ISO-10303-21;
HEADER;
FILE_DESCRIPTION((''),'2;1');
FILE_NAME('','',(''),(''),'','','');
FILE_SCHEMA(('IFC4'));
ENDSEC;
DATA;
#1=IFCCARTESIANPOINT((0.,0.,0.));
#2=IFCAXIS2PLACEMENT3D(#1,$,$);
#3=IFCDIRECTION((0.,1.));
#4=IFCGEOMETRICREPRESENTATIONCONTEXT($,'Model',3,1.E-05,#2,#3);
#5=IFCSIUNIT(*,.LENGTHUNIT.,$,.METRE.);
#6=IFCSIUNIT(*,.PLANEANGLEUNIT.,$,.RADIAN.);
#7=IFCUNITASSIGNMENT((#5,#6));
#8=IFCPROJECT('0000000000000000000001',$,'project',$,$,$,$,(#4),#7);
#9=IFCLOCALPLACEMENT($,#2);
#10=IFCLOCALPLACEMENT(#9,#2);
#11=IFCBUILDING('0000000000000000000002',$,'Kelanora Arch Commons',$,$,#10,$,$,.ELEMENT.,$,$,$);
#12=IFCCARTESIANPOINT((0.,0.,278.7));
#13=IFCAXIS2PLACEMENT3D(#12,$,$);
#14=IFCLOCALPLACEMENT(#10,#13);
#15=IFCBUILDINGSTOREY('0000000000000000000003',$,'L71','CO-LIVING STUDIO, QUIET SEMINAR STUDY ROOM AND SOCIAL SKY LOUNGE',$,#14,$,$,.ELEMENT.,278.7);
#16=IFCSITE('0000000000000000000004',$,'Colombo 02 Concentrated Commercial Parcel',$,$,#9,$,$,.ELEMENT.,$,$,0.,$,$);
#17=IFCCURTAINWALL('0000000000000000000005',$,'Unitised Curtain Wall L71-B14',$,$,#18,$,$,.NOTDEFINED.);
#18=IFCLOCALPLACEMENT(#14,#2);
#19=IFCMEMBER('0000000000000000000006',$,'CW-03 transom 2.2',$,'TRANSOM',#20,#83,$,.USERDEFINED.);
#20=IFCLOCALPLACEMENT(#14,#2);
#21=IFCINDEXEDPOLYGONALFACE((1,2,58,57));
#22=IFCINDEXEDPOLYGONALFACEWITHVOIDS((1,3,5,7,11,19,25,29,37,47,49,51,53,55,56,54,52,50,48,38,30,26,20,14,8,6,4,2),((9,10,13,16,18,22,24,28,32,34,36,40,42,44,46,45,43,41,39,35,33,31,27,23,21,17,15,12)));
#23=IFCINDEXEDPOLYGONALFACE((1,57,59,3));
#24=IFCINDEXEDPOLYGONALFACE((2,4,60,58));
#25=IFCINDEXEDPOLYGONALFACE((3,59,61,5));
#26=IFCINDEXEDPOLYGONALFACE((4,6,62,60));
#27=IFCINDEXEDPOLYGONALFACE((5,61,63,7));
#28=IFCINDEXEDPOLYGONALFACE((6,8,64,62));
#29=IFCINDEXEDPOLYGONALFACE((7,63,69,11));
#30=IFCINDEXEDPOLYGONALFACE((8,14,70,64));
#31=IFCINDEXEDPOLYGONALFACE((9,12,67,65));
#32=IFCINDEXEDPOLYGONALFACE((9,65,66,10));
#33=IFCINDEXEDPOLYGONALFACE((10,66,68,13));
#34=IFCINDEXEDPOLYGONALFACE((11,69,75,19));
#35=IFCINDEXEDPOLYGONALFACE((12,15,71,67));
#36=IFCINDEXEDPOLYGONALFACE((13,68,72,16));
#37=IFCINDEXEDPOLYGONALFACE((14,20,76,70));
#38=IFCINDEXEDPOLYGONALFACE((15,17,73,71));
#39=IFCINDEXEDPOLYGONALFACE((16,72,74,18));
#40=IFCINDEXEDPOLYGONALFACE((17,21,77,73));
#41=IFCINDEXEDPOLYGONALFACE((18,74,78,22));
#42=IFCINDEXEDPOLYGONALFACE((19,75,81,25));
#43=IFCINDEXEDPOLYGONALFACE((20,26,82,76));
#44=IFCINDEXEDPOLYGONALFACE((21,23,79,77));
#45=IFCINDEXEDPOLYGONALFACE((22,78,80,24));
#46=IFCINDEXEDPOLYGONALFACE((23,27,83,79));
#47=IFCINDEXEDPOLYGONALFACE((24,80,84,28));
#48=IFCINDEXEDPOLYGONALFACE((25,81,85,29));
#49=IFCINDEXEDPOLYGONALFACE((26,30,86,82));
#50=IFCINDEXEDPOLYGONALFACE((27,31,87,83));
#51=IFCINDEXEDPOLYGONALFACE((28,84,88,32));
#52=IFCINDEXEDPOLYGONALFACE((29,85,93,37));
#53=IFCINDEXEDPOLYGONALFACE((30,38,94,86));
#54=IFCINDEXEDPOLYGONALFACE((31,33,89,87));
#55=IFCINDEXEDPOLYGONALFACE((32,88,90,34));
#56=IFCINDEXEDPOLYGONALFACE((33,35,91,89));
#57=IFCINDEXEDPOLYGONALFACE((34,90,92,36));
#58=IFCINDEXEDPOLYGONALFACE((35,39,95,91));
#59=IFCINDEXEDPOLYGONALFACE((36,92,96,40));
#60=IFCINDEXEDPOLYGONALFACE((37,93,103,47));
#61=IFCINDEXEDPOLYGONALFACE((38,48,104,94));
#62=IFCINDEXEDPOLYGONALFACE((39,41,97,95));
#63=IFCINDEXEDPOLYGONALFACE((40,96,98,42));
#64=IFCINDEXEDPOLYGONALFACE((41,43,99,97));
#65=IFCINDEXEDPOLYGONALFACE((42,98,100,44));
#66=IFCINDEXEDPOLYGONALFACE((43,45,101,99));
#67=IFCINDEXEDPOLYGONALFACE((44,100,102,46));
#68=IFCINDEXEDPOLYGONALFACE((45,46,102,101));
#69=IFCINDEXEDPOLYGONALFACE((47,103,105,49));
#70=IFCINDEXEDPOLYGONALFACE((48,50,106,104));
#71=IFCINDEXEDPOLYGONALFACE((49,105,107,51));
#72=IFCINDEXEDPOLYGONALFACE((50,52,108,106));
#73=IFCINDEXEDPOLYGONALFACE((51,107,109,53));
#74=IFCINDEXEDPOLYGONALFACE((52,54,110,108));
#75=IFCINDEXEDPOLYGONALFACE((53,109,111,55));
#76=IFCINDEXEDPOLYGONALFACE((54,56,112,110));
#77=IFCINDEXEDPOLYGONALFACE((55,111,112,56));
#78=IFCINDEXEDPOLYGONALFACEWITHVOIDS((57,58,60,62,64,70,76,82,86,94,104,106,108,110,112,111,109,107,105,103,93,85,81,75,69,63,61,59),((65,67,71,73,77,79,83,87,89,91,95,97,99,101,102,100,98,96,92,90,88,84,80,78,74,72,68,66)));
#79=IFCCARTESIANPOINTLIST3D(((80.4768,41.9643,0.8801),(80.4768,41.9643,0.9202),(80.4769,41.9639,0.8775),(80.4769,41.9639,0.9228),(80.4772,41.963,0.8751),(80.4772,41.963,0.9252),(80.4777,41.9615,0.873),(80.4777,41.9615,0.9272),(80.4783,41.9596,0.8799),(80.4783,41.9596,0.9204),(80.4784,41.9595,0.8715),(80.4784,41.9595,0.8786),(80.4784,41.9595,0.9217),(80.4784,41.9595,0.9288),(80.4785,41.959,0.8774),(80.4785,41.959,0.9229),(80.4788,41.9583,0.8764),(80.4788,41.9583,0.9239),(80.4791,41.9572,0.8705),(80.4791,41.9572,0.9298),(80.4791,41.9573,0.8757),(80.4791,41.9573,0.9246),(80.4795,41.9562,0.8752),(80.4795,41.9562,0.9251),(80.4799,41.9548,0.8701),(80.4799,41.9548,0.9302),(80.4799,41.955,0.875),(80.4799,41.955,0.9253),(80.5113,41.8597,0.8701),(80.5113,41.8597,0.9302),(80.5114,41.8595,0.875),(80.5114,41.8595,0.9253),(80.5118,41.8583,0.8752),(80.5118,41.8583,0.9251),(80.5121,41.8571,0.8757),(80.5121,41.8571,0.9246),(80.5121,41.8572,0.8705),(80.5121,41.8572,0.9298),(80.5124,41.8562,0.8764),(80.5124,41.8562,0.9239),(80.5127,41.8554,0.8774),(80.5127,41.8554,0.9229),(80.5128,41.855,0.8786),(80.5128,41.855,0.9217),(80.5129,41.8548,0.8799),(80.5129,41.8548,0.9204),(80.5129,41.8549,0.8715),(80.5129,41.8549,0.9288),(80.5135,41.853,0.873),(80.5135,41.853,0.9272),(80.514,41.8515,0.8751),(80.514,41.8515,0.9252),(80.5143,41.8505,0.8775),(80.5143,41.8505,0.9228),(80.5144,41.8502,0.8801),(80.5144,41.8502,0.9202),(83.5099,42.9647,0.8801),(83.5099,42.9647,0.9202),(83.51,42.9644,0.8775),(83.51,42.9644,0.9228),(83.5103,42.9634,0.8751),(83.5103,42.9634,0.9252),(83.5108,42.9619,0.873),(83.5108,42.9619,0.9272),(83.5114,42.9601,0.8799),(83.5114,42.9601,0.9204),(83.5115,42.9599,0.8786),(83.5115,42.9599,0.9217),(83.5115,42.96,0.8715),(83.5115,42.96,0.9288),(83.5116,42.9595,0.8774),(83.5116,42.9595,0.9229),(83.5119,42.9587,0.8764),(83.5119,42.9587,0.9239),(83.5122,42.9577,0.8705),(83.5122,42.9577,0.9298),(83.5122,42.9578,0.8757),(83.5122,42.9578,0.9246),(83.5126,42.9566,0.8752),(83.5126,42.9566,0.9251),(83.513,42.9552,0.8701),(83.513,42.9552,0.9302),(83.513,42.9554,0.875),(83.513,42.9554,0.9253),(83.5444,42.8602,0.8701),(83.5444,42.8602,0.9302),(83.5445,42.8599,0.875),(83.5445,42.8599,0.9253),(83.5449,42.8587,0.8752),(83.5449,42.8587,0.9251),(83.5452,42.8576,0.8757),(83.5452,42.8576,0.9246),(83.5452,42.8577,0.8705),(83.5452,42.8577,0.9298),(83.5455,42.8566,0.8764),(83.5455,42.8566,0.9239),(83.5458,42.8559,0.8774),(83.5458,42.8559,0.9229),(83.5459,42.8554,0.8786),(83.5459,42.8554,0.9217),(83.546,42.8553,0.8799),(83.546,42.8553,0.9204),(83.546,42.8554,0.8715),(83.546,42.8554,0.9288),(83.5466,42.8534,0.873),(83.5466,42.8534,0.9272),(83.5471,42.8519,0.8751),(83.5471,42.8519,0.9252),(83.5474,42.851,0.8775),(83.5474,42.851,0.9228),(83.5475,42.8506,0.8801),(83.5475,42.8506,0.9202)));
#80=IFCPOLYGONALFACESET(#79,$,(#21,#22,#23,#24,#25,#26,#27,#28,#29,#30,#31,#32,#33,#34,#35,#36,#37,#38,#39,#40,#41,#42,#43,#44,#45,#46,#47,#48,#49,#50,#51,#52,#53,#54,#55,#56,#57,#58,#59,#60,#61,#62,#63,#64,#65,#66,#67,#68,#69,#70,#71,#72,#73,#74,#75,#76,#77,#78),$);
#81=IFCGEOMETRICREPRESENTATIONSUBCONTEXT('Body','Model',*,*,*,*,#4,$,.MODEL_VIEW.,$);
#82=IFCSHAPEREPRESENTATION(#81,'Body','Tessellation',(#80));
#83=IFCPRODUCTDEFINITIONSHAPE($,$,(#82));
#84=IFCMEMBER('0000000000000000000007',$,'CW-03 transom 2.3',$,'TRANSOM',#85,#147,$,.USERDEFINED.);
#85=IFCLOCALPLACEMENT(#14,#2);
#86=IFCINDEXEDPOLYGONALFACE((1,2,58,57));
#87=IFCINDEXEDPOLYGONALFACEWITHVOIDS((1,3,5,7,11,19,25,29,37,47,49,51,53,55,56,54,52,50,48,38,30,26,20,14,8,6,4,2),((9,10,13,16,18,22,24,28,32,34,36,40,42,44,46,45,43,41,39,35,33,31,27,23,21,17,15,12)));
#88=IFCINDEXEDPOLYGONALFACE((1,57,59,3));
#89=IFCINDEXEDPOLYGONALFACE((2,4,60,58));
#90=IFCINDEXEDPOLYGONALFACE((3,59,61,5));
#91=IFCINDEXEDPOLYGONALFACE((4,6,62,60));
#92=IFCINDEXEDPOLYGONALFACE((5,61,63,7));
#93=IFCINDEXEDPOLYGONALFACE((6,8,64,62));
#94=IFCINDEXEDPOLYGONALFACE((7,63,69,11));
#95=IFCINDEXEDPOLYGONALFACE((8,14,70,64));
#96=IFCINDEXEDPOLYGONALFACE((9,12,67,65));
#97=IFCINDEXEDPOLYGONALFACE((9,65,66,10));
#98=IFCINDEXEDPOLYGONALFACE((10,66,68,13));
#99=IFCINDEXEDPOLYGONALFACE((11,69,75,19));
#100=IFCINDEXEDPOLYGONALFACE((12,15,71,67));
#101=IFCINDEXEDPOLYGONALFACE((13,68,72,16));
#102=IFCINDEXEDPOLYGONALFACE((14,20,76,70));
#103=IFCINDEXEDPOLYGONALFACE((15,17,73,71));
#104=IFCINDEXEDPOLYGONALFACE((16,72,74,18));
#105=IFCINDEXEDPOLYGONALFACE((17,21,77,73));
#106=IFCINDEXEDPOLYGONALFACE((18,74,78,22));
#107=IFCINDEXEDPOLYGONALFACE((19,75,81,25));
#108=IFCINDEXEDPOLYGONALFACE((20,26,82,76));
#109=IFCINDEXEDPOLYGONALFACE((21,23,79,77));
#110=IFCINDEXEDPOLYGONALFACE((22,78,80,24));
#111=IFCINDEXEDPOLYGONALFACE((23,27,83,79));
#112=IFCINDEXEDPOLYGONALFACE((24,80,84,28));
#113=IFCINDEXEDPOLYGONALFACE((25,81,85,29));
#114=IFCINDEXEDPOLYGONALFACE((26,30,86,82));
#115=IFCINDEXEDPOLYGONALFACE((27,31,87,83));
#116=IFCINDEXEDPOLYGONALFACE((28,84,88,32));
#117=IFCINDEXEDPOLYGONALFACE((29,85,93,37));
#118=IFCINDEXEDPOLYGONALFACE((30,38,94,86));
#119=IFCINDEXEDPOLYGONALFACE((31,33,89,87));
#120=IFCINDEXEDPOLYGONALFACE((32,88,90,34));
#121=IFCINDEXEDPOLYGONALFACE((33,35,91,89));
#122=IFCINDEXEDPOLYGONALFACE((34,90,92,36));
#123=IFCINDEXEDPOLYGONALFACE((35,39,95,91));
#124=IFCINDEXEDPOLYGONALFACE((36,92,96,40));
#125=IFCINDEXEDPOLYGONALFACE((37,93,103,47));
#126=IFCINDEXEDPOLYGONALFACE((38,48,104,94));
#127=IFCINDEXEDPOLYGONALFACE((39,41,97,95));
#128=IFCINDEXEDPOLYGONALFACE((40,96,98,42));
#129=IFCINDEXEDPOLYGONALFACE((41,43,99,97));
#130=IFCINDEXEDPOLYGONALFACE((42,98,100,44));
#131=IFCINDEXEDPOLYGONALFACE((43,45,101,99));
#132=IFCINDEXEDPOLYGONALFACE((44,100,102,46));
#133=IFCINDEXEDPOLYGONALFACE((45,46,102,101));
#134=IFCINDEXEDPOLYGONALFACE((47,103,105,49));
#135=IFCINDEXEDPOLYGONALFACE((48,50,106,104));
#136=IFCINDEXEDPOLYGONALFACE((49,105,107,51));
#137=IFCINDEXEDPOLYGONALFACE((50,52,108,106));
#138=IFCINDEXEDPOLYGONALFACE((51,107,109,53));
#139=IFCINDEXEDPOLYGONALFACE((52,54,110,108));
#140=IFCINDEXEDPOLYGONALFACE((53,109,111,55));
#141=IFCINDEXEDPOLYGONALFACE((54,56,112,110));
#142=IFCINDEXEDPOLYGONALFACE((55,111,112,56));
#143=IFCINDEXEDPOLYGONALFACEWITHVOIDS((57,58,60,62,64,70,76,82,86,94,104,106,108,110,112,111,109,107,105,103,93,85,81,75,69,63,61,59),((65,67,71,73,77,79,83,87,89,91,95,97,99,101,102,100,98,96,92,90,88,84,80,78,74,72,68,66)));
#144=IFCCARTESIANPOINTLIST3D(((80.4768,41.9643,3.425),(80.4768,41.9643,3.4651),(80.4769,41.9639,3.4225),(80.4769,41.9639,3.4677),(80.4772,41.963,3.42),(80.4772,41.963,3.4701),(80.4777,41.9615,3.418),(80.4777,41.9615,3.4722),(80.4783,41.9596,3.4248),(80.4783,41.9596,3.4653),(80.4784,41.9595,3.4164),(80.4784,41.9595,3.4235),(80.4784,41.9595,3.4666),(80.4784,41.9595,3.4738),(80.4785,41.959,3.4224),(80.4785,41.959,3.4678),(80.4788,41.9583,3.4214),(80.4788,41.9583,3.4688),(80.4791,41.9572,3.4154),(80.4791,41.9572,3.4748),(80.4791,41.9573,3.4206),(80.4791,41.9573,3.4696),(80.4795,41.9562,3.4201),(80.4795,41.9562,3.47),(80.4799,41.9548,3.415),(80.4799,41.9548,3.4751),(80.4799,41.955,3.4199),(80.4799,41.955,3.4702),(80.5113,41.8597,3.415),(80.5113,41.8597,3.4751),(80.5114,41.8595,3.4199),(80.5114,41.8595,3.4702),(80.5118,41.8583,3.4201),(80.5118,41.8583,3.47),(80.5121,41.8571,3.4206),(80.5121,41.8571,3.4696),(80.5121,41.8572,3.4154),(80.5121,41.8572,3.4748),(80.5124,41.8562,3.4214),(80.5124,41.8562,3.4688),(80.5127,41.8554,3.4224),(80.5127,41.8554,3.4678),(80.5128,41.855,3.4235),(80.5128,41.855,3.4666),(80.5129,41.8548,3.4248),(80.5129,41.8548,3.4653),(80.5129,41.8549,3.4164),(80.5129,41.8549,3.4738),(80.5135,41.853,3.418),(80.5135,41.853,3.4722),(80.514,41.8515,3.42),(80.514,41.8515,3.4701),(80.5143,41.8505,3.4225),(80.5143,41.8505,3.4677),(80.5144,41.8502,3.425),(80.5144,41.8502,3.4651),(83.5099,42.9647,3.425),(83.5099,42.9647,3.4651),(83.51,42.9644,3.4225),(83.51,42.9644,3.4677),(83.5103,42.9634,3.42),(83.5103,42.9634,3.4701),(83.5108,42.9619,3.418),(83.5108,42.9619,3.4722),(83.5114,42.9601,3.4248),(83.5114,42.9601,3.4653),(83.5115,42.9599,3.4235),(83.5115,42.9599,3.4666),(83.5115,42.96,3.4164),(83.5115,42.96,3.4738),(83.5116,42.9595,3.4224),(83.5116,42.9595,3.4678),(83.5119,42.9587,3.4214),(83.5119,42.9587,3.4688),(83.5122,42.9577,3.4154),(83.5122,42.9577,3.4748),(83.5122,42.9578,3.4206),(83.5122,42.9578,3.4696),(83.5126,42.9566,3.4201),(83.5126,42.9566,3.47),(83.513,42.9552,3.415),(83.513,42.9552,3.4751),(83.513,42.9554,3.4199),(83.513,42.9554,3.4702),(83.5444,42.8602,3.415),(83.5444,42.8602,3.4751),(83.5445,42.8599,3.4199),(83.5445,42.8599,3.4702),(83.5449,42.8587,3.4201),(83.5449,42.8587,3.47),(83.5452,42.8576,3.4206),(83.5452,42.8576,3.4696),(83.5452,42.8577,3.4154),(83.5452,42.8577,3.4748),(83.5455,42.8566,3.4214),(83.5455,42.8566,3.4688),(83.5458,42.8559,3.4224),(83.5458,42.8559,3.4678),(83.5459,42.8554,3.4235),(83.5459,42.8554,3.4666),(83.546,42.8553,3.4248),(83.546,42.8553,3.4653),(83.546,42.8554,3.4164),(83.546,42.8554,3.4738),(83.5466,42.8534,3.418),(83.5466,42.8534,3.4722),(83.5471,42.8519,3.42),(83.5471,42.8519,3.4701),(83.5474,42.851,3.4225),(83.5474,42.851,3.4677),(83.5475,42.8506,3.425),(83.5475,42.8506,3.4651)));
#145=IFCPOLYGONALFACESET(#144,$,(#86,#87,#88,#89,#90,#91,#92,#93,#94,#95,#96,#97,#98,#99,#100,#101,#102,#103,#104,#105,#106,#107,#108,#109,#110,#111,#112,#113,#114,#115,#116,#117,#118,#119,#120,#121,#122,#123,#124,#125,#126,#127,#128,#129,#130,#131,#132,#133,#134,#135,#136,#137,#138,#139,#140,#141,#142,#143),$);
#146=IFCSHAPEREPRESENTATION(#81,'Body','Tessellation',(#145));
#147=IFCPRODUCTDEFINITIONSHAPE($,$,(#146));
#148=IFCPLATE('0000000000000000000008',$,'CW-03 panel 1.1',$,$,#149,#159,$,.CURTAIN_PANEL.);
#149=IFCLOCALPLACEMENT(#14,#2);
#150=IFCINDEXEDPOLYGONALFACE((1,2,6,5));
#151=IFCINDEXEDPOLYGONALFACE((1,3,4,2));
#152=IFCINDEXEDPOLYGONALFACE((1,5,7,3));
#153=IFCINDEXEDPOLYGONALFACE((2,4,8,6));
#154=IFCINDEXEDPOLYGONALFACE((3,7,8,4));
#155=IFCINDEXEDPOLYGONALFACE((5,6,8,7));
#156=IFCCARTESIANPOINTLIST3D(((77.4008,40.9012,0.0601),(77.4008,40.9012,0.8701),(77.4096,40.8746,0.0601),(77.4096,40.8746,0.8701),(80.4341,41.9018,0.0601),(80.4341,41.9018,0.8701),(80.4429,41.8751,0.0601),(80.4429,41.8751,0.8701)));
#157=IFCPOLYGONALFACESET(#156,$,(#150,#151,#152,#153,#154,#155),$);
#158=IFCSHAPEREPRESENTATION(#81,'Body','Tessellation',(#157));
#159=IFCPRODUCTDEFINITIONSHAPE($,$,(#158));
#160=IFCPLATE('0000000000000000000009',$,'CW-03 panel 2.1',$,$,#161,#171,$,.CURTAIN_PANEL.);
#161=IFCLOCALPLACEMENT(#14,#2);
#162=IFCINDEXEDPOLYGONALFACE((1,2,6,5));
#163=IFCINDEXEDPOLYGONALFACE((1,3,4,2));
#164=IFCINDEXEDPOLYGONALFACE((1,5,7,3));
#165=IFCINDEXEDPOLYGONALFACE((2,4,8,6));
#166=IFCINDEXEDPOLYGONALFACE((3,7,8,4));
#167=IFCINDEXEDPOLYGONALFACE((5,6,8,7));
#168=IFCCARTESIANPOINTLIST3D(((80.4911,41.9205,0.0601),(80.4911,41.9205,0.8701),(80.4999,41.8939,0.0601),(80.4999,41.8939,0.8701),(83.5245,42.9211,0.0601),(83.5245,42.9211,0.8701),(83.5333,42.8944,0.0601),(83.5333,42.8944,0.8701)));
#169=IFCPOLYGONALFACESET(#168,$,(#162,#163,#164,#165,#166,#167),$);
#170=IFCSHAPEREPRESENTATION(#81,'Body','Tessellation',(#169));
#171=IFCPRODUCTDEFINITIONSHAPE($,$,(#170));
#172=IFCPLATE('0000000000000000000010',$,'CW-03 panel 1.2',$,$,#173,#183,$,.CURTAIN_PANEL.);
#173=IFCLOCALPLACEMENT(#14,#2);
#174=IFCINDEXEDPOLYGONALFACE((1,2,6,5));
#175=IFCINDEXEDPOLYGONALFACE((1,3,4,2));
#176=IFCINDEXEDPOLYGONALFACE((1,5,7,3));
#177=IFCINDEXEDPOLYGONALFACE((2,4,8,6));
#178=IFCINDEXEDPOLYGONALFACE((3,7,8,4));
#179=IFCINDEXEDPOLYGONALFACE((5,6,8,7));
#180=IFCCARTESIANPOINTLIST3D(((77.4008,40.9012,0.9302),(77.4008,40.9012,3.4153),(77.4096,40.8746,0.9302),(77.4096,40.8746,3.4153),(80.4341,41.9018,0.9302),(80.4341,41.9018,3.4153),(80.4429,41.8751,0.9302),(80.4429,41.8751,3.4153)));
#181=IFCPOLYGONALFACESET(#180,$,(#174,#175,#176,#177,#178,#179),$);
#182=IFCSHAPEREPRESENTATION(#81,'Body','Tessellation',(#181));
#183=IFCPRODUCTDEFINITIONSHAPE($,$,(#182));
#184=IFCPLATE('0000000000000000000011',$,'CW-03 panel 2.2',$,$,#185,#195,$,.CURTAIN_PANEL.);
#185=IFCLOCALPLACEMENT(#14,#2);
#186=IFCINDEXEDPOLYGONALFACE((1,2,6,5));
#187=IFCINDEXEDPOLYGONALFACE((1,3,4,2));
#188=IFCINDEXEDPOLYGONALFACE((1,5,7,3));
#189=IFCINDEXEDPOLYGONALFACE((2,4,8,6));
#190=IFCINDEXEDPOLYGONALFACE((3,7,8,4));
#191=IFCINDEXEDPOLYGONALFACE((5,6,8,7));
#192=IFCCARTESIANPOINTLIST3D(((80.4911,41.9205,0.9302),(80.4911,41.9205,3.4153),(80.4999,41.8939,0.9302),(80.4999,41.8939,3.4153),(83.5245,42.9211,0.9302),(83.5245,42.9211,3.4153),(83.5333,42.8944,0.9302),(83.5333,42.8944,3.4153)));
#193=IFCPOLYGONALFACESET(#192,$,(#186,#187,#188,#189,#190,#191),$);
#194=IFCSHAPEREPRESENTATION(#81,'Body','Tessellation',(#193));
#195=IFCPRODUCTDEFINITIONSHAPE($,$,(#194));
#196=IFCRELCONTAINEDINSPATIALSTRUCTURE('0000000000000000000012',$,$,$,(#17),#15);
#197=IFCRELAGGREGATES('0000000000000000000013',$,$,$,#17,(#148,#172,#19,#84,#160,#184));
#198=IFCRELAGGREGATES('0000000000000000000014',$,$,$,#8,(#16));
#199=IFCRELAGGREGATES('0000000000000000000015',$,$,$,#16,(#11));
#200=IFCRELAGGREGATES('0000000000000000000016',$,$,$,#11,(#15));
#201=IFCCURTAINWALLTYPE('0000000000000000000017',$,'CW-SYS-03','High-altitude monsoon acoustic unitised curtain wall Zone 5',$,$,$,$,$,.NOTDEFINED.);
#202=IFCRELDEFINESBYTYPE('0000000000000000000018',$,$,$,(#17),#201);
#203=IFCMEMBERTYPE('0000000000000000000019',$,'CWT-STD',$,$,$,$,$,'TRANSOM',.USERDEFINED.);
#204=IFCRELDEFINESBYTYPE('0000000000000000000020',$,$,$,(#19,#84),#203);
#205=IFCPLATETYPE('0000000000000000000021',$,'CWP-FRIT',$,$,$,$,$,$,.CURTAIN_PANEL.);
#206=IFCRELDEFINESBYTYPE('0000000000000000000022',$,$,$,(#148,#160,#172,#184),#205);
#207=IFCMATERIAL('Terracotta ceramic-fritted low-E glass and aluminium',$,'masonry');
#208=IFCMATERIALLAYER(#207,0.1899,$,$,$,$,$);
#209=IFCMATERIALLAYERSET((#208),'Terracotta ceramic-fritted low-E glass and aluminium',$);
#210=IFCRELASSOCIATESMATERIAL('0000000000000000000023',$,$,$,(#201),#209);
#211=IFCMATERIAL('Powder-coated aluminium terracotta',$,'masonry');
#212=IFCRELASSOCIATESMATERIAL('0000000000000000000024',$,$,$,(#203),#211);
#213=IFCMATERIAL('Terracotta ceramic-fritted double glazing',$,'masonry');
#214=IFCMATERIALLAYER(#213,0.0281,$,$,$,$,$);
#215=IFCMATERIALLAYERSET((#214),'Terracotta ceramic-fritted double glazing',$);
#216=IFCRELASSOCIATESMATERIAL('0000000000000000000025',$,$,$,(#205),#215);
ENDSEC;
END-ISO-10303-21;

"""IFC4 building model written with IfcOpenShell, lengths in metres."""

from ifc_helpers import new_model, si_unit, direction, frame, origin, origin_2d, place, context, subcontext, project, spatial, rectangle, hollow_rectangle, extrude, source, transform, mapped, material, layer, layer_set, material_profile, profile_set, type_object, element, aggregate, save


model = new_model("IFC4")

# Units and contexts
model_context = context("Model", 3, precision=1e-05, world=origin(), true_north=direction((0.0, 1.0)))
body_context = subcontext(model_context, "Body", "Model", "MODEL_VIEW")
ifc_project = project(units=[si_unit("LENGTHUNIT", "METRE"), si_unit("PLANEANGLEUNIT", "RADIAN")], contexts=[model_context])

# Site, building, storey
site_placement = place(None, origin())
site = spatial("IfcSite", under=ifc_project, at=site_placement, Name="Colombo 02 Concentrated Commercial Parcel", CompositionType="ELEMENT", RefElevation=0.0)
building_placement = place(site_placement, origin())
building = spatial("IfcBuilding", under=site, at=building_placement, Name="Kelanora Arch Commons", CompositionType="ELEMENT")
storey_placement = place(building_placement, frame((0.0, 0.0, 278.7)))
storey = spatial("IfcBuildingStorey", under=building, at=storey_placement, Name="L71", Description="CO-LIVING STUDIO, QUIET SEMINAR STUDY ROOM AND SOCIAL SKY LOUNGE", CompositionType="ELEMENT", Elevation=278.7)

# Curtain wall, members, plates
ifc_material_1 = material(Name="Terracotta ceramic-fritted low-E glass and aluminium", Category="masonry")
ifc_layer_1 = layer(ifc_material_1, 0.1899)
ifc_layer_set_1 = layer_set([ifc_layer_1], Name="Terracotta ceramic-fritted low-E glass and aluminium")
curtain_wall_type = type_object("IfcCurtainWallType", Name="CW-SYS-03", Description="High-altitude monsoon acoustic unitised curtain wall Zone 5", PredefinedType="NOTDEFINED", material=ifc_layer_set_1)
curtain_wall_placement = place(storey_placement, origin())
curtain_wall = element("IfcCurtainWall", 1, at=curtain_wall_placement, inside=storey, type_object=curtain_wall_type, Name="Unitised Curtain Wall L71-B14", PredefinedType="NOTDEFINED")
ifc_material_2 = material(Name="Powder-coated aluminium terracotta", Category="masonry")
ifc_material_profile_1 = material_profile(ifc_material_2, hollow_rectangle(XDim=0.1201, YDim=0.0601, WallThickness=0.0049, InnerFilletRadius=0.0049, OuterFilletRadius=0.01, at=origin_2d()), Name="CWT120x60")
ifc_profile_set_1 = profile_set([ifc_material_profile_1], Name="Powder-coated aluminium terracotta")
member_type_1 = type_object("IfcMemberType", Name="CWT-STD", ElementType="TRANSOM", PredefinedType="USERDEFINED", material=ifc_profile_set_1)
member_1_placement = place(storey_placement, frame((80.4956, 41.9072, 0.9001), z_axis=(0.949672, 0.313245, 0.0), x_axis=(-0.313245, 0.949672, 0.0)))
member_1 = element("IfcMember", 2, at=member_1_placement, type_object=member_type_1, Name="CW-03 transom 2.2", ObjectType="TRANSOM", PredefinedType="USERDEFINED", context=body_context, shape_type="SweptSolid", body=[
    extrude(hollow_rectangle(XDim=0.1201, YDim=0.0601, WallThickness=0.0049, InnerFilletRadius=0.0049, OuterFilletRadius=0.01, at=origin_2d()), origin(), (0.0, 0.0, 1.0), 3.1938),
])
member_2_placement = place(storey_placement, frame((80.4956, 41.9072, 3.4451), z_axis=(0.949672, 0.313245, 0.0), x_axis=(-0.313245, 0.949672, 0.0)))
member_2 = element("IfcMember", 3, at=member_2_placement, type_object=member_type_1, Name="CW-03 transom 2.3", ObjectType="TRANSOM", PredefinedType="USERDEFINED", context=body_context, shape_type="SweptSolid", body=[
    extrude(hollow_rectangle(XDim=0.1201, YDim=0.0601, WallThickness=0.0049, InnerFilletRadius=0.0049, OuterFilletRadius=0.01, at=origin_2d()), origin(), (0.0, 0.0, 1.0), 3.1938),
])
ifc_material_3 = material(Name="Terracotta ceramic-fritted double glazing", Category="masonry")
ifc_layer_2 = layer(ifc_material_3, 0.0281)
ifc_layer_set_2 = layer_set([ifc_layer_2], Name="Terracotta ceramic-fritted double glazing")
plate_type = type_object("IfcPlateType", Name="CWP-FRIT", PredefinedType="CURTAIN_PANEL", material=ifc_layer_set_2)
shared_shape_1 = source(origin(), body_context, "Body", "SweptSolid", [
    extrude(rectangle(XDim=3.1941, YDim=0.0281, at=origin_2d()), origin(), (0.0, 0.0, 1.0), 0.8101),
])
plate_1_placement = place(storey_placement, frame((78.9219, 41.3882, 0.0601), z_axis=(0.0, 0.0, 1.0), x_axis=(0.94967, 0.313253, 0.0)))
plate_1 = element("IfcPlate", 4, at=plate_1_placement, type_object=plate_type, Name="CW-03 panel 1.1", PredefinedType="CURTAIN_PANEL", context=body_context, shape_type="MappedRepresentation", body=[
    mapped(shared_shape_1, transform((0.0, 0.0, 0.0), scale=1.0)),
])
plate_2_placement = place(storey_placement, frame((82.0122, 42.4075, 0.0601), z_axis=(0.0, 0.0, 1.0), x_axis=(0.94967, 0.313253, 0.0)))
plate_2 = element("IfcPlate", 5, at=plate_2_placement, type_object=plate_type, Name="CW-03 panel 2.1", PredefinedType="CURTAIN_PANEL", context=body_context, shape_type="MappedRepresentation", body=[
    mapped(shared_shape_1, transform((0.0, 0.0, 0.0), scale=1.0)),
])
shared_shape_2 = source(origin(), body_context, "Body", "SweptSolid", [
    extrude(rectangle(XDim=3.1941, YDim=0.0281, at=origin_2d()), origin(), (0.0, 0.0, 1.0), 2.4851),
])
plate_3_placement = place(storey_placement, frame((78.9219, 41.3882, 0.9302), z_axis=(0.0, 0.0, 1.0), x_axis=(0.94967, 0.313253, 0.0)))
plate_3 = element("IfcPlate", 6, at=plate_3_placement, type_object=plate_type, Name="CW-03 panel 1.2", PredefinedType="CURTAIN_PANEL", context=body_context, shape_type="MappedRepresentation", body=[
    mapped(shared_shape_2, transform((0.0, 0.0, 0.0), scale=1.0)),
])
plate_4_placement = place(storey_placement, frame((82.0122, 42.4075, 0.9302), z_axis=(0.0, 0.0, 1.0), x_axis=(0.94967, 0.313253, 0.0)))
plate_4 = element("IfcPlate", 7, at=plate_4_placement, type_object=plate_type, Name="CW-03 panel 2.2", PredefinedType="CURTAIN_PANEL", context=body_context, shape_type="MappedRepresentation", body=[
    mapped(shared_shape_2, transform((0.0, 0.0, 0.0), scale=1.0)),
])
aggregate(curtain_wall, [plate_1, plate_3, member_1, member_2, plate_2, plate_4])

save(model, "model.ifc")
